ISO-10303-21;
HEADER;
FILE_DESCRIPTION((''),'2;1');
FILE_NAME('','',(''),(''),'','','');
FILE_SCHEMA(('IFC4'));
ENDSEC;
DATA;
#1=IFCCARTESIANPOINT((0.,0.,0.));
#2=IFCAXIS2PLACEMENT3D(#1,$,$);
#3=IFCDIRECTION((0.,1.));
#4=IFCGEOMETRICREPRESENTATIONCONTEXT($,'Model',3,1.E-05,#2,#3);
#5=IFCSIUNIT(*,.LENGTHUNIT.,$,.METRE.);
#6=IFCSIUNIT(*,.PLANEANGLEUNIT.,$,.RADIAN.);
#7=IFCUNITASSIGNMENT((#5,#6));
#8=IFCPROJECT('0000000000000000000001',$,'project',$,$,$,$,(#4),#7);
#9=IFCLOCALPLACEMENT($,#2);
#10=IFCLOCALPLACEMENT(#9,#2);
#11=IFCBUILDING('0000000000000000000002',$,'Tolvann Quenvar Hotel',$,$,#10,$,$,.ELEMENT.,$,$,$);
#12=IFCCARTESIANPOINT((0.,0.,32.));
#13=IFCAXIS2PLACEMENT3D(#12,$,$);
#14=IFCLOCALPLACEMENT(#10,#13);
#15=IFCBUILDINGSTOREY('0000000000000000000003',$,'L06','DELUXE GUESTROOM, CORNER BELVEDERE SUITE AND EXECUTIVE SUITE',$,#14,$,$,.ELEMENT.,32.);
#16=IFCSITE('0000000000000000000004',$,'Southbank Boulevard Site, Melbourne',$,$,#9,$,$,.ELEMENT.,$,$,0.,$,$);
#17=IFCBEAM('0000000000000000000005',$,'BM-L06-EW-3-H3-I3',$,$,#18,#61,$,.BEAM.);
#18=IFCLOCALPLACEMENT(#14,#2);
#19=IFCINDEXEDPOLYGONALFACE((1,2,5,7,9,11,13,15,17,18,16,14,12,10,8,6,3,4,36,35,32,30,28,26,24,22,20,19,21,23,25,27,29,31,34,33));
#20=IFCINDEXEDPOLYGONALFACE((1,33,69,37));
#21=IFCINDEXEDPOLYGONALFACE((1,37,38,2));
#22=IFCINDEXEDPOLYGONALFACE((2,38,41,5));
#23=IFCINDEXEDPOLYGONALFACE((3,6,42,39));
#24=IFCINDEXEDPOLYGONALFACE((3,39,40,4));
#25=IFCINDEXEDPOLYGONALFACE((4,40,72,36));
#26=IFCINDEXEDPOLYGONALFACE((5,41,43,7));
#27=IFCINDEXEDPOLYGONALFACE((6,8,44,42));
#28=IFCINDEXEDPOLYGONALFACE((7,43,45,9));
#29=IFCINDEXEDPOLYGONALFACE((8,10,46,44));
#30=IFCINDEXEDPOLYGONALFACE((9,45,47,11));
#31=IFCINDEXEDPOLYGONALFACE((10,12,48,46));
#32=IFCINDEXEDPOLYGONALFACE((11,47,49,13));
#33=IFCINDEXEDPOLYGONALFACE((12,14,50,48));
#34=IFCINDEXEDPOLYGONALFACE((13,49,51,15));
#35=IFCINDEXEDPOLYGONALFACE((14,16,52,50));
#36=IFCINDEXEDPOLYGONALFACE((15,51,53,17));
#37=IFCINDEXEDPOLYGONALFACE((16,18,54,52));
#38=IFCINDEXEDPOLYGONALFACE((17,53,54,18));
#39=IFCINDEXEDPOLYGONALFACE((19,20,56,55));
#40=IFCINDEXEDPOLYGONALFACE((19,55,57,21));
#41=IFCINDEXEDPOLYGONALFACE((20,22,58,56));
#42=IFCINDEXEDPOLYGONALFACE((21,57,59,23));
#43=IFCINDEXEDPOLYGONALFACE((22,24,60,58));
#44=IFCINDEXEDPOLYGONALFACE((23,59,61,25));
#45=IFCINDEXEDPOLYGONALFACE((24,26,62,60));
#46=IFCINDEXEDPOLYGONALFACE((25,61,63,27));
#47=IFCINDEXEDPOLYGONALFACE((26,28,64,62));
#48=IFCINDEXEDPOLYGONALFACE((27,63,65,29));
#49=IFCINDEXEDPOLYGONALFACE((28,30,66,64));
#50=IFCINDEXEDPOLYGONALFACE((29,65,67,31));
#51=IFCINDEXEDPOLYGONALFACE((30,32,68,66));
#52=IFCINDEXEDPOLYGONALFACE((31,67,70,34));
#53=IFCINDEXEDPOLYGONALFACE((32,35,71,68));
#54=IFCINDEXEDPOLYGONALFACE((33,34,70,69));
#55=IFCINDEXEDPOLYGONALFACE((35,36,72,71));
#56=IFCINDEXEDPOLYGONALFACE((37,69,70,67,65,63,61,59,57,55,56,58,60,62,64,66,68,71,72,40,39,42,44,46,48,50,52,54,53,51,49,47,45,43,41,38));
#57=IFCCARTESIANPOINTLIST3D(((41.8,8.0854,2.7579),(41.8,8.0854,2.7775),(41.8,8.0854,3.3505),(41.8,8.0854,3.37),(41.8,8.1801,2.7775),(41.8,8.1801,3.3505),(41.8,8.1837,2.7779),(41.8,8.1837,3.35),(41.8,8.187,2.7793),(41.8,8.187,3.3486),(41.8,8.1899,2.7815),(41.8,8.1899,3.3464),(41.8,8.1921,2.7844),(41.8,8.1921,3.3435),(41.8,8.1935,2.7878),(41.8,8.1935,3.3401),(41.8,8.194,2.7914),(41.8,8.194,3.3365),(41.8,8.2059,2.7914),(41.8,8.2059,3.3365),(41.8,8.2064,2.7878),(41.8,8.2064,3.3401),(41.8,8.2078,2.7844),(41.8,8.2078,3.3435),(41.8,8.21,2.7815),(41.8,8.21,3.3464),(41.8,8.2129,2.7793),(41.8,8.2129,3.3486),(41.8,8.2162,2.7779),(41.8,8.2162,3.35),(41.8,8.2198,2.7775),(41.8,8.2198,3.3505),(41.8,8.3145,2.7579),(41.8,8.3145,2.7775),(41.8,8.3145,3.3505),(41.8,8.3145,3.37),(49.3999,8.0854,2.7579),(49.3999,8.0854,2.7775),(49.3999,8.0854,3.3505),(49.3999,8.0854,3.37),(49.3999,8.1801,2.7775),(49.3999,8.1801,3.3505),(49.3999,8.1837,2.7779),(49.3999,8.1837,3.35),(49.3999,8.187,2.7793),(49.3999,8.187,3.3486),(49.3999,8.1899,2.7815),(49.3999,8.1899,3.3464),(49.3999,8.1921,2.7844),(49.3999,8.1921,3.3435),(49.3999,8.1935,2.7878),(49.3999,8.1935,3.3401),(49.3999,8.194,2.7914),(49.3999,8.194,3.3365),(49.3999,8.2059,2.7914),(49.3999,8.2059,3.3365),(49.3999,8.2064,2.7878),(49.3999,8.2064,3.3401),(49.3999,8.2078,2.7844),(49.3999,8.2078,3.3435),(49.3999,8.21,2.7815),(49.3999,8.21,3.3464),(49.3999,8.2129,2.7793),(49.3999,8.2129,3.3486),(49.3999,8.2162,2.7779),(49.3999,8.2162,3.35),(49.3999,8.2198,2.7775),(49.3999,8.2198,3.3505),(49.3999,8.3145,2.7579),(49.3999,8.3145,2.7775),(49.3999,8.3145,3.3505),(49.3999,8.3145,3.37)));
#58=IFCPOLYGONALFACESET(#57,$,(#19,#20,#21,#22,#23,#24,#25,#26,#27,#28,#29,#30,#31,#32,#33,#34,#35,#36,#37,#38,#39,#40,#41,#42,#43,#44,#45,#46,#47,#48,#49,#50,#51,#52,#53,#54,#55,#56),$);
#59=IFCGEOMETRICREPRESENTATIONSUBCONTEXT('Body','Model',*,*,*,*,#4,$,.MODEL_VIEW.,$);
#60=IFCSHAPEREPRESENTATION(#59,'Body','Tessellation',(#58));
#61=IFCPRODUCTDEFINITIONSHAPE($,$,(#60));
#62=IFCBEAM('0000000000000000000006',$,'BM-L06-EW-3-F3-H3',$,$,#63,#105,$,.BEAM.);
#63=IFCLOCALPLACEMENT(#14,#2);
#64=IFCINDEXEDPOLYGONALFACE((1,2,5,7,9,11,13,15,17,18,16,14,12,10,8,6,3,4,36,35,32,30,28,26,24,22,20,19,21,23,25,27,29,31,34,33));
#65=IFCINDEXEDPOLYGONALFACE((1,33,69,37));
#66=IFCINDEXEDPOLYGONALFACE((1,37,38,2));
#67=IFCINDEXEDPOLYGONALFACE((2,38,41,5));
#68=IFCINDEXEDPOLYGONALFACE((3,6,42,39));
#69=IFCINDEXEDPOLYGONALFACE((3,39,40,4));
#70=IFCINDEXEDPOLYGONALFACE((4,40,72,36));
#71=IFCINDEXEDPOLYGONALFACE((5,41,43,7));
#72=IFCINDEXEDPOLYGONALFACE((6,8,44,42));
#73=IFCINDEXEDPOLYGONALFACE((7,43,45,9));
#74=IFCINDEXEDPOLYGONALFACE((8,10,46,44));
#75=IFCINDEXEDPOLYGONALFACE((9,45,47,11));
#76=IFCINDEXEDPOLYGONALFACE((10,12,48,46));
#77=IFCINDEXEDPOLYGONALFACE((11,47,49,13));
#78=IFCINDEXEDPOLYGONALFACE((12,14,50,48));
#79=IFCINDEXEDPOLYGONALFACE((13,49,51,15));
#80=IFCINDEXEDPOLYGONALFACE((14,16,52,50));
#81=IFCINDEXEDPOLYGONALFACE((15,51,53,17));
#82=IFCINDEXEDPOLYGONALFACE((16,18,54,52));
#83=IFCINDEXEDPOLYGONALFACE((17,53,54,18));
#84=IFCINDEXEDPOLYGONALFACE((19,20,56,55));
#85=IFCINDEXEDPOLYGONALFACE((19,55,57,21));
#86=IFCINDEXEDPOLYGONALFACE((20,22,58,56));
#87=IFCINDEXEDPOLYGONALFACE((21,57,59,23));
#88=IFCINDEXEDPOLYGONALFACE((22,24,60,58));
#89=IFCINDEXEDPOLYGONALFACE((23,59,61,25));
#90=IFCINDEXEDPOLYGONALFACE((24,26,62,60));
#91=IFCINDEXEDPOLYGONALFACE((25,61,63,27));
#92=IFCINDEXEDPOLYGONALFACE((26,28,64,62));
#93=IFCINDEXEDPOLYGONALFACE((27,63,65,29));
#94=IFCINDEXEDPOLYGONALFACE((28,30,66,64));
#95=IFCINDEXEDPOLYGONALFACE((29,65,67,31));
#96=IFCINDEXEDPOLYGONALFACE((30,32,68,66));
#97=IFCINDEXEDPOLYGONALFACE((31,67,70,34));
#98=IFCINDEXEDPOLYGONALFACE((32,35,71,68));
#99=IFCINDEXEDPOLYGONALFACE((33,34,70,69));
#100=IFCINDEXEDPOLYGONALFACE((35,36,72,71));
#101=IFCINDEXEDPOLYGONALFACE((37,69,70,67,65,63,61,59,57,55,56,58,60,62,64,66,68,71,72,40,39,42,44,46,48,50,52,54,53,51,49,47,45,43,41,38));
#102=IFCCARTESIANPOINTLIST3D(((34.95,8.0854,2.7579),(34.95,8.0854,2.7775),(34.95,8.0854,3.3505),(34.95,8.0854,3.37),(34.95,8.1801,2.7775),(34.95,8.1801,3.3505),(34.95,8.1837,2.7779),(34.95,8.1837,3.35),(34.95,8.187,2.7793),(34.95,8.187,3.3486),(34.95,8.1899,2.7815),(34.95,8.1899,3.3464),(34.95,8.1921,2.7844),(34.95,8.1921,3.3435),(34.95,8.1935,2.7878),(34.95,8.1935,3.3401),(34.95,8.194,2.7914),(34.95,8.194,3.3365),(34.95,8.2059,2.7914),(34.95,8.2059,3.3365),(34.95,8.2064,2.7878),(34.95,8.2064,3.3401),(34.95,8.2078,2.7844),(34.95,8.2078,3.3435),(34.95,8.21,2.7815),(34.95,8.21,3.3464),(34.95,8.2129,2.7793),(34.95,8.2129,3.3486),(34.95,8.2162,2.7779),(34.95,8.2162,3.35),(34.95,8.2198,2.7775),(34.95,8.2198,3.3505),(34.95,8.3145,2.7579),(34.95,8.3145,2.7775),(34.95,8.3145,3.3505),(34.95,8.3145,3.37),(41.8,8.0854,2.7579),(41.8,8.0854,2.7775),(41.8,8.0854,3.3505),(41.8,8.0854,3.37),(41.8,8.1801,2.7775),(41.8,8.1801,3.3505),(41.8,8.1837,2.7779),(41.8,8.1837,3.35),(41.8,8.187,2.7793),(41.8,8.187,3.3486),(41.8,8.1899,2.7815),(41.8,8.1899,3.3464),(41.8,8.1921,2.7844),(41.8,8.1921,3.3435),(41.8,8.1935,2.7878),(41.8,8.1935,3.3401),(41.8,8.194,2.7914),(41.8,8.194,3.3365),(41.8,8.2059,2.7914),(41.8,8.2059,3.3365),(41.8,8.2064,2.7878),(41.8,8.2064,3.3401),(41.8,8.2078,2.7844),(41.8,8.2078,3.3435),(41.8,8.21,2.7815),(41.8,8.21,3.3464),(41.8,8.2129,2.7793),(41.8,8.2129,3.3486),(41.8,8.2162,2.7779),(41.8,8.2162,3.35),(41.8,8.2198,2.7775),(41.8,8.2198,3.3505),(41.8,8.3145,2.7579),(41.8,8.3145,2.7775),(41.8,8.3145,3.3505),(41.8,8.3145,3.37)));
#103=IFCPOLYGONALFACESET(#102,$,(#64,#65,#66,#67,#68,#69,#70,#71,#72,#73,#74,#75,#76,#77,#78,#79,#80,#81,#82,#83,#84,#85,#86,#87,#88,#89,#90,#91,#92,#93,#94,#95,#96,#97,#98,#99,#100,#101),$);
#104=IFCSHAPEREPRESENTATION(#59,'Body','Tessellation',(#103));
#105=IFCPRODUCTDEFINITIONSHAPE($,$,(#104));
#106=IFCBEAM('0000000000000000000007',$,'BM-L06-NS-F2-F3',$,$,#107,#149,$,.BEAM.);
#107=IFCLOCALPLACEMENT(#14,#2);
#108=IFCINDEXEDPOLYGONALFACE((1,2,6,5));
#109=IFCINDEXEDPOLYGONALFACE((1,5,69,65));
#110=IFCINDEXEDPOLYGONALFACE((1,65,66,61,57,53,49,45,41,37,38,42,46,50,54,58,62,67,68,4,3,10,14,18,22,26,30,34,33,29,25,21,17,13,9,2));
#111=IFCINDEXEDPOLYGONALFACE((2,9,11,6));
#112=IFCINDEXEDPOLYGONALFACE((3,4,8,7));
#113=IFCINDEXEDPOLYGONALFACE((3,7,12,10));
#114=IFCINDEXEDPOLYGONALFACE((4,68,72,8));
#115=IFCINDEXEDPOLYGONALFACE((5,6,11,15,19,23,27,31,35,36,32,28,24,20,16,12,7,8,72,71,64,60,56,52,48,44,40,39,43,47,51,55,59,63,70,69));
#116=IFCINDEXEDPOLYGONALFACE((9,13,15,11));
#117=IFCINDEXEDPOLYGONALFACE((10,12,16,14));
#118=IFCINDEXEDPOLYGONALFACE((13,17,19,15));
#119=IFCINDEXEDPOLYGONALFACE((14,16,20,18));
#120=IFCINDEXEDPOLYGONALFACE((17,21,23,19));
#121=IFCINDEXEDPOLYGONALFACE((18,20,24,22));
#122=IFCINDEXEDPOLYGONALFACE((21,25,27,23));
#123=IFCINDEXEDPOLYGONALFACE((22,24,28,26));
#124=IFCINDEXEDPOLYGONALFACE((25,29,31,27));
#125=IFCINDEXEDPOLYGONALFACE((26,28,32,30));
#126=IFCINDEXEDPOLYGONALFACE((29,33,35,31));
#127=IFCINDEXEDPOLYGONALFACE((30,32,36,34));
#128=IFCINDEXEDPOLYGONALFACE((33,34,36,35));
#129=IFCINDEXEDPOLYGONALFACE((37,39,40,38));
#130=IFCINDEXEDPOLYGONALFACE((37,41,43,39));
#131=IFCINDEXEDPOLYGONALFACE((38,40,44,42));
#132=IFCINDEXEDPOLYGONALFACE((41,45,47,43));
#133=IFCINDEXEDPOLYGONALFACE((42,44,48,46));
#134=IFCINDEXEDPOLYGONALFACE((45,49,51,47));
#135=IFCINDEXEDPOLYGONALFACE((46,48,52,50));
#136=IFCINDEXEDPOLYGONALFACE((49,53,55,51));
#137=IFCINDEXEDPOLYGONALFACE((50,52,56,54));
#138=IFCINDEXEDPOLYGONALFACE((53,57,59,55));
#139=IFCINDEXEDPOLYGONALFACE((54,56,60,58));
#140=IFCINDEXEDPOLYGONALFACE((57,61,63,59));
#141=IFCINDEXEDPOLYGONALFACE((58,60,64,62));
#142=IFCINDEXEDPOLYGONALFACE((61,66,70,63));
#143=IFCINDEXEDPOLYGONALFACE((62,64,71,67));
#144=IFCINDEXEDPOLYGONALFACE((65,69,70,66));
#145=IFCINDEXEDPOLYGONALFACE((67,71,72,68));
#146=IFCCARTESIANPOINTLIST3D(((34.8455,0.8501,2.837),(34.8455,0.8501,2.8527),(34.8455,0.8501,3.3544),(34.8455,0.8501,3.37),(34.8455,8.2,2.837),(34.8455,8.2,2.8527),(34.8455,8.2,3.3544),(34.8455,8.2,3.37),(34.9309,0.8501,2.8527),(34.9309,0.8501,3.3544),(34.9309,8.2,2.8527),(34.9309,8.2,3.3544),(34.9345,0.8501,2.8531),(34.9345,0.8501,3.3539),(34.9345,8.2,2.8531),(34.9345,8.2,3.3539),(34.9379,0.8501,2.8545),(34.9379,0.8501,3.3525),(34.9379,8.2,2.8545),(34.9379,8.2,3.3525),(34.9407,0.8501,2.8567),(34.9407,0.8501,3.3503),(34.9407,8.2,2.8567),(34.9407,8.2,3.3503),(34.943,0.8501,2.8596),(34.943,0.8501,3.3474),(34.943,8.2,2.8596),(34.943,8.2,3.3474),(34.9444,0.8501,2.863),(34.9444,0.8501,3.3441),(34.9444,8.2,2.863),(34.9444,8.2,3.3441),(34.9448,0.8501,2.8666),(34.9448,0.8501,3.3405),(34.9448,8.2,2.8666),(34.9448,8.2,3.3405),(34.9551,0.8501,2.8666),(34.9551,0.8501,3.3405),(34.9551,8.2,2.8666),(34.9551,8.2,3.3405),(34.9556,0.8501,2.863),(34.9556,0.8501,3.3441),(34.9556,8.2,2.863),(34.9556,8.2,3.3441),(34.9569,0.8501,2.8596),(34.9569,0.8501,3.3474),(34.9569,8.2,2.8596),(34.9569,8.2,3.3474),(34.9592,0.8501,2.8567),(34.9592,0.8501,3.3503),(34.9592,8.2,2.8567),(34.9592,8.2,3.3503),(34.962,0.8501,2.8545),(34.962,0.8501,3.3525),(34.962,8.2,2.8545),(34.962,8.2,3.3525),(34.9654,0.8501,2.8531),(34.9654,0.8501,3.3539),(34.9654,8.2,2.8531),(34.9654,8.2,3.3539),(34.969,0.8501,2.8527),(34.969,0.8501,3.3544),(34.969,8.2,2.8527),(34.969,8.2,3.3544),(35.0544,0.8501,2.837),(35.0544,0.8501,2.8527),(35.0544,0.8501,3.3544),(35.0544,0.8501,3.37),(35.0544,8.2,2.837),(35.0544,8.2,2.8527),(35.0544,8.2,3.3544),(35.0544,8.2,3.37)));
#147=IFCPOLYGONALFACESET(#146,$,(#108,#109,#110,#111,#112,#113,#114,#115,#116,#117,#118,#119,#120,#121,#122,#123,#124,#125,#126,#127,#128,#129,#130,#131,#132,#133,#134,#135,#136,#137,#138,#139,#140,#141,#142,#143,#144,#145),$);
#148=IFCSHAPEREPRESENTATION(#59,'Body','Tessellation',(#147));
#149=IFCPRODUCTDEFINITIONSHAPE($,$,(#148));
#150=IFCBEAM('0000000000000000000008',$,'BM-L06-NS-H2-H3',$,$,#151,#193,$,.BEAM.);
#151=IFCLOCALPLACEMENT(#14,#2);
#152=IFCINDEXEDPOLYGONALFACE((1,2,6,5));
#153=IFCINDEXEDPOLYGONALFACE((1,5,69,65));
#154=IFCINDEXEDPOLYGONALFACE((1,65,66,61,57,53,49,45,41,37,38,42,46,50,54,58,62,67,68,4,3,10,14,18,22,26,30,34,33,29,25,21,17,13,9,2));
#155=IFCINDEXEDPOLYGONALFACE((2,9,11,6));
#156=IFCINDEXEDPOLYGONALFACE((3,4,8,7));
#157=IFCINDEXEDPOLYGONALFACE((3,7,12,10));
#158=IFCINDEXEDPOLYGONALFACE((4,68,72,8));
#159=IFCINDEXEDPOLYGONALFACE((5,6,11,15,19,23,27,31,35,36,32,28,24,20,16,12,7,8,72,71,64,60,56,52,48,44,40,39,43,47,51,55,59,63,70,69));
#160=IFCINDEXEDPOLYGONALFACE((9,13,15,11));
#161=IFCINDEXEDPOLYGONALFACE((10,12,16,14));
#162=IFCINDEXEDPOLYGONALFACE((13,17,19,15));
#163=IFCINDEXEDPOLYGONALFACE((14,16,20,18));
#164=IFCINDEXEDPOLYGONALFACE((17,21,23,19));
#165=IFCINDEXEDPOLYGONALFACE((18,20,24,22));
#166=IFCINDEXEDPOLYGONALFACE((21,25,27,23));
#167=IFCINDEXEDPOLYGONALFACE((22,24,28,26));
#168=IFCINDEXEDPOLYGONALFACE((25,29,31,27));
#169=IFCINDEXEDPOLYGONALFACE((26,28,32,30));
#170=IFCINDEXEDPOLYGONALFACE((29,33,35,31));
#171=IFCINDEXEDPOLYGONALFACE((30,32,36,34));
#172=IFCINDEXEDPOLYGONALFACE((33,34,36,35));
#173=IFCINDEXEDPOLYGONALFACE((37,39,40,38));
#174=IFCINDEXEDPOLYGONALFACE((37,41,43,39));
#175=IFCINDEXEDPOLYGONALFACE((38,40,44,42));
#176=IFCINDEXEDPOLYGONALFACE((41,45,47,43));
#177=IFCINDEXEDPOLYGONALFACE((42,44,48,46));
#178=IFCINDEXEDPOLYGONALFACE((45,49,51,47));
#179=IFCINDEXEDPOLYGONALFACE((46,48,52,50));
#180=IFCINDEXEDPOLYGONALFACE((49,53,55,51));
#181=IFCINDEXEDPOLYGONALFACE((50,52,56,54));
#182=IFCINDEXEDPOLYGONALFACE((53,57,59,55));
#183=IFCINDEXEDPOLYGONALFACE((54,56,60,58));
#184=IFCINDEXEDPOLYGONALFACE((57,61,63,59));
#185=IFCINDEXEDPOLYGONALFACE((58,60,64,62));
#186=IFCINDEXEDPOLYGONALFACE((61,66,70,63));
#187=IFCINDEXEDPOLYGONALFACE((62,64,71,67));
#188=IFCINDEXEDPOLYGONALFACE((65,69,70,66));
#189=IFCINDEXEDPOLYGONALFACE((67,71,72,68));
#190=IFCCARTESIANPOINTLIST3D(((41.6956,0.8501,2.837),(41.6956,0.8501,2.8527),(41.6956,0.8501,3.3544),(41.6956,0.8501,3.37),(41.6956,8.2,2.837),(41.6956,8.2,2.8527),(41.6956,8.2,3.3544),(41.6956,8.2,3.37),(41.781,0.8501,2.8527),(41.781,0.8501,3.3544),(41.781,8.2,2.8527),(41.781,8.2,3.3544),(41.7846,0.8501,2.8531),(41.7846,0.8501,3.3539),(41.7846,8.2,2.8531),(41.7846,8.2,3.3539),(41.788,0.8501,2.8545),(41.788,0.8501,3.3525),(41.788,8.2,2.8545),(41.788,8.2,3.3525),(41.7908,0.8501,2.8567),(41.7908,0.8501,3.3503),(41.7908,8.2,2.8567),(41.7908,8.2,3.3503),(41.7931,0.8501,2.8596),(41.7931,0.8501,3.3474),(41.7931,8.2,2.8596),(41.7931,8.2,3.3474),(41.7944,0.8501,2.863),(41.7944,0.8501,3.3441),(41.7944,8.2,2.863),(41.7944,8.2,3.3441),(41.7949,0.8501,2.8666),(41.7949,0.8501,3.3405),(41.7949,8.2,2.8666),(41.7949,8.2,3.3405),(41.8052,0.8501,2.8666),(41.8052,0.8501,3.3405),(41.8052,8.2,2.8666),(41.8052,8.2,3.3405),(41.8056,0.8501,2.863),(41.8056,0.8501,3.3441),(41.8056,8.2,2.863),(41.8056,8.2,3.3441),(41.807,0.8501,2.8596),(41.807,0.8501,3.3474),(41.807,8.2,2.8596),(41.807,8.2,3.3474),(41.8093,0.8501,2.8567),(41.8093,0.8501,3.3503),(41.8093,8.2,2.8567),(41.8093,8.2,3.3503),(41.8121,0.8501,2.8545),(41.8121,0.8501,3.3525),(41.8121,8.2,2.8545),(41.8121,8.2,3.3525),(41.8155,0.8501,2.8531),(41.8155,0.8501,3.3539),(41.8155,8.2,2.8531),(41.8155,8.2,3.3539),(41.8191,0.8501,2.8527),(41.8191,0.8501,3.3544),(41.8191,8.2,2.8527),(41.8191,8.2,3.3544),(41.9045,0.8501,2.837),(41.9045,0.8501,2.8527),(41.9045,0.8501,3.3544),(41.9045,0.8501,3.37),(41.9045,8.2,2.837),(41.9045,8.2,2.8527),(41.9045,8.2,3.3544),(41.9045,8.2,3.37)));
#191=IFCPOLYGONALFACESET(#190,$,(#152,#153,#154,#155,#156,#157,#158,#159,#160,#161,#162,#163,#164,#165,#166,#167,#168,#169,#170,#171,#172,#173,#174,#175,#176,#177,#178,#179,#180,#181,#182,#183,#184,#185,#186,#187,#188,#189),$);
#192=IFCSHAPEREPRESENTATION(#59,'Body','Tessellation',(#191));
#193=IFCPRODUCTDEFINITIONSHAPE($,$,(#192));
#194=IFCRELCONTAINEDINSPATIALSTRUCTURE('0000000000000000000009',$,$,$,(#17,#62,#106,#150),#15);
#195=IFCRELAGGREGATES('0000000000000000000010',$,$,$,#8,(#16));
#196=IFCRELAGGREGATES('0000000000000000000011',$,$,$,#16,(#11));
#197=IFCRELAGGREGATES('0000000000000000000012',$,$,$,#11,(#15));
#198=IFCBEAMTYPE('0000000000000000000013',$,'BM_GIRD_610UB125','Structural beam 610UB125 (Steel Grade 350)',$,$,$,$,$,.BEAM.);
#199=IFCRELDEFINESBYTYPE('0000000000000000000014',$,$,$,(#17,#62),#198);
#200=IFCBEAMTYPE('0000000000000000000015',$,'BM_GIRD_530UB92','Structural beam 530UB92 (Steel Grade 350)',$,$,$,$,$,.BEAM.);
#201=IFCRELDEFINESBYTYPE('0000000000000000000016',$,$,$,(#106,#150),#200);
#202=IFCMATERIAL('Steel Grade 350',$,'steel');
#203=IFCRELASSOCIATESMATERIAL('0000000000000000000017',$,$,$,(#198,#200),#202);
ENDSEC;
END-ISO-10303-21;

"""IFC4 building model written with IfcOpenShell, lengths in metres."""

from ifc_helpers import new_model, si_unit, direction, frame, origin, origin_2d, place, context, subcontext, project, spatial, i_section, extrude, source, transform, mapped, material, material_profile, profile_set, type_object, type_shapes, element, save


model = new_model("IFC4")

# Units and contexts
model_context = context("Model", 3, precision=1e-05, world=origin(), true_north=direction((0.0, 1.0)))
body_context = subcontext(model_context, "Body", "Model", "MODEL_VIEW")
ifc_project = project(units=[si_unit("LENGTHUNIT", "METRE"), si_unit("PLANEANGLEUNIT", "RADIAN")], contexts=[model_context])

# Site, building, storey
site_placement = place(None, origin())
site = spatial("IfcSite", under=ifc_project, at=site_placement, Name="Southbank Boulevard Site, Melbourne", CompositionType="ELEMENT", RefElevation=0.0)
building_placement = place(site_placement, origin())
building = spatial("IfcBuilding", under=site, at=building_placement, Name="Tolvann Quenvar Hotel", CompositionType="ELEMENT")
storey_placement = place(building_placement, frame((0.0, 0.0, 32.0)))
storey = spatial("IfcBuildingStorey", under=building, at=storey_placement, Name="L06", Description="DELUXE GUESTROOM, CORNER BELVEDERE SUITE AND EXECUTIVE SUITE", CompositionType="ELEMENT", Elevation=32.0)

# Shared definitions
ifc_material_1 = material(Name="Steel Grade 350", Category="steel")

# Beams
ifc_material_profile_1 = material_profile(ifc_material_1, i_section(OverallWidth=0.229, OverallDepth=0.6121, WebThickness=0.012, FlangeThickness=0.0195, FilletRadius=0.0139, at=origin_2d()), Name="610UB125")
ifc_profile_set_1 = profile_set([ifc_material_profile_1], Name="Steel Grade 350")
beam_type_1 = type_object("IfcBeamType", Name="BM_GIRD_610UB125", Description="Structural beam 610UB125 (Steel Grade 350)", PredefinedType="BEAM", material=ifc_profile_set_1)
shared_shape_1 = source(origin(), body_context, "Body", "SweptSolid", [
    extrude(i_section(OverallWidth=0.229, OverallDepth=0.6121, WebThickness=0.012, FlangeThickness=0.0195, FilletRadius=0.0139, at=origin_2d()), origin(), (0.0, 0.0, 1.0), 7.5999),
])
beam_1_placement = place(storey_placement, frame((41.8, 8.2, 3.064), z_axis=(1.0, 0.0, 0.0), x_axis=(0.0, 1.0, 0.0)))
element("IfcBeam", 1, at=beam_1_placement, inside=storey, type_object=beam_type_1, Name="BM-L06-EW-3-H3-I3", PredefinedType="BEAM", context=body_context, shape_type="MappedRepresentation", body=[
    mapped(shared_shape_1, transform((0.0, 0.0, 0.0), x_axis=(1.0, 0.0, 0.0), y_axis=(0.0, 1.0, 0.0), z_axis=(0.0, 0.0, 1.0), scale=1.0)),
])
shared_shape_2 = source(origin(), body_context, "Body", "SweptSolid", [
    extrude(i_section(OverallWidth=0.229, OverallDepth=0.6121, WebThickness=0.012, FlangeThickness=0.0195, FilletRadius=0.0139, at=origin_2d()), origin(), (0.0, 0.0, 1.0), 6.8501),
])
type_shapes(beam_type_1, [shared_shape_1, shared_shape_2])
beam_2_placement = place(storey_placement, frame((34.95, 8.2, 3.064), z_axis=(1.0, 0.0, 0.0), x_axis=(0.0, 1.0, 0.0)))
element("IfcBeam", 2, at=beam_2_placement, inside=storey, type_object=beam_type_1, Name="BM-L06-EW-3-F3-H3", PredefinedType="BEAM", context=body_context, shape_type="MappedRepresentation", body=[
    mapped(shared_shape_2, transform((0.0, 0.0, 0.0), x_axis=(1.0, 0.0, 0.0), y_axis=(0.0, 1.0, 0.0), z_axis=(0.0, 0.0, 1.0), scale=1.0)),
])
ifc_material_profile_2 = material_profile(ifc_material_1, i_section(OverallWidth=0.209, OverallDepth=0.533, WebThickness=0.0103, FlangeThickness=0.0156, FilletRadius=0.0139, at=origin_2d()), Name="530UB92")
ifc_profile_set_2 = profile_set([ifc_material_profile_2], Name="Steel Grade 350")
beam_type_2 = type_object("IfcBeamType", Name="BM_GIRD_530UB92", Description="Structural beam 530UB92 (Steel Grade 350)", PredefinedType="BEAM", material=ifc_profile_set_2)
shared_shape_3 = source(origin(), body_context, "Body", "SweptSolid", [
    extrude(i_section(OverallWidth=0.209, OverallDepth=0.533, WebThickness=0.0103, FlangeThickness=0.0156, FilletRadius=0.0139, at=origin_2d()), origin(), (0.0, 0.0, 1.0), 7.3499),
])
for number, where, z_axis, x_axis, name in (
    (3, (34.95, 0.8501, 3.1035), (0.0, 1.0, 0.0), (-1.0, 0.0, 0.0), "BM-L06-NS-F2-F3"),
    (4, (41.8, 0.8501, 3.1035), (0.0, 1.0, 0.0), (-1.0, 0.0, 0.0), "BM-L06-NS-H2-H3"),
):
    element("IfcBeam", number, at=place(storey_placement, frame(where, z_axis=z_axis, x_axis=x_axis)), inside=storey, type_object=beam_type_2, Name=name, PredefinedType="BEAM", context=body_context, shape_type="MappedRepresentation", body=[
        mapped(shared_shape_3, transform((0.0, 0.0, 0.0), x_axis=(1.0, 0.0, 0.0), y_axis=(0.0, 1.0, 0.0), z_axis=(0.0, 0.0, 1.0), scale=1.0)),
    ])

save(model, "model.ifc")
